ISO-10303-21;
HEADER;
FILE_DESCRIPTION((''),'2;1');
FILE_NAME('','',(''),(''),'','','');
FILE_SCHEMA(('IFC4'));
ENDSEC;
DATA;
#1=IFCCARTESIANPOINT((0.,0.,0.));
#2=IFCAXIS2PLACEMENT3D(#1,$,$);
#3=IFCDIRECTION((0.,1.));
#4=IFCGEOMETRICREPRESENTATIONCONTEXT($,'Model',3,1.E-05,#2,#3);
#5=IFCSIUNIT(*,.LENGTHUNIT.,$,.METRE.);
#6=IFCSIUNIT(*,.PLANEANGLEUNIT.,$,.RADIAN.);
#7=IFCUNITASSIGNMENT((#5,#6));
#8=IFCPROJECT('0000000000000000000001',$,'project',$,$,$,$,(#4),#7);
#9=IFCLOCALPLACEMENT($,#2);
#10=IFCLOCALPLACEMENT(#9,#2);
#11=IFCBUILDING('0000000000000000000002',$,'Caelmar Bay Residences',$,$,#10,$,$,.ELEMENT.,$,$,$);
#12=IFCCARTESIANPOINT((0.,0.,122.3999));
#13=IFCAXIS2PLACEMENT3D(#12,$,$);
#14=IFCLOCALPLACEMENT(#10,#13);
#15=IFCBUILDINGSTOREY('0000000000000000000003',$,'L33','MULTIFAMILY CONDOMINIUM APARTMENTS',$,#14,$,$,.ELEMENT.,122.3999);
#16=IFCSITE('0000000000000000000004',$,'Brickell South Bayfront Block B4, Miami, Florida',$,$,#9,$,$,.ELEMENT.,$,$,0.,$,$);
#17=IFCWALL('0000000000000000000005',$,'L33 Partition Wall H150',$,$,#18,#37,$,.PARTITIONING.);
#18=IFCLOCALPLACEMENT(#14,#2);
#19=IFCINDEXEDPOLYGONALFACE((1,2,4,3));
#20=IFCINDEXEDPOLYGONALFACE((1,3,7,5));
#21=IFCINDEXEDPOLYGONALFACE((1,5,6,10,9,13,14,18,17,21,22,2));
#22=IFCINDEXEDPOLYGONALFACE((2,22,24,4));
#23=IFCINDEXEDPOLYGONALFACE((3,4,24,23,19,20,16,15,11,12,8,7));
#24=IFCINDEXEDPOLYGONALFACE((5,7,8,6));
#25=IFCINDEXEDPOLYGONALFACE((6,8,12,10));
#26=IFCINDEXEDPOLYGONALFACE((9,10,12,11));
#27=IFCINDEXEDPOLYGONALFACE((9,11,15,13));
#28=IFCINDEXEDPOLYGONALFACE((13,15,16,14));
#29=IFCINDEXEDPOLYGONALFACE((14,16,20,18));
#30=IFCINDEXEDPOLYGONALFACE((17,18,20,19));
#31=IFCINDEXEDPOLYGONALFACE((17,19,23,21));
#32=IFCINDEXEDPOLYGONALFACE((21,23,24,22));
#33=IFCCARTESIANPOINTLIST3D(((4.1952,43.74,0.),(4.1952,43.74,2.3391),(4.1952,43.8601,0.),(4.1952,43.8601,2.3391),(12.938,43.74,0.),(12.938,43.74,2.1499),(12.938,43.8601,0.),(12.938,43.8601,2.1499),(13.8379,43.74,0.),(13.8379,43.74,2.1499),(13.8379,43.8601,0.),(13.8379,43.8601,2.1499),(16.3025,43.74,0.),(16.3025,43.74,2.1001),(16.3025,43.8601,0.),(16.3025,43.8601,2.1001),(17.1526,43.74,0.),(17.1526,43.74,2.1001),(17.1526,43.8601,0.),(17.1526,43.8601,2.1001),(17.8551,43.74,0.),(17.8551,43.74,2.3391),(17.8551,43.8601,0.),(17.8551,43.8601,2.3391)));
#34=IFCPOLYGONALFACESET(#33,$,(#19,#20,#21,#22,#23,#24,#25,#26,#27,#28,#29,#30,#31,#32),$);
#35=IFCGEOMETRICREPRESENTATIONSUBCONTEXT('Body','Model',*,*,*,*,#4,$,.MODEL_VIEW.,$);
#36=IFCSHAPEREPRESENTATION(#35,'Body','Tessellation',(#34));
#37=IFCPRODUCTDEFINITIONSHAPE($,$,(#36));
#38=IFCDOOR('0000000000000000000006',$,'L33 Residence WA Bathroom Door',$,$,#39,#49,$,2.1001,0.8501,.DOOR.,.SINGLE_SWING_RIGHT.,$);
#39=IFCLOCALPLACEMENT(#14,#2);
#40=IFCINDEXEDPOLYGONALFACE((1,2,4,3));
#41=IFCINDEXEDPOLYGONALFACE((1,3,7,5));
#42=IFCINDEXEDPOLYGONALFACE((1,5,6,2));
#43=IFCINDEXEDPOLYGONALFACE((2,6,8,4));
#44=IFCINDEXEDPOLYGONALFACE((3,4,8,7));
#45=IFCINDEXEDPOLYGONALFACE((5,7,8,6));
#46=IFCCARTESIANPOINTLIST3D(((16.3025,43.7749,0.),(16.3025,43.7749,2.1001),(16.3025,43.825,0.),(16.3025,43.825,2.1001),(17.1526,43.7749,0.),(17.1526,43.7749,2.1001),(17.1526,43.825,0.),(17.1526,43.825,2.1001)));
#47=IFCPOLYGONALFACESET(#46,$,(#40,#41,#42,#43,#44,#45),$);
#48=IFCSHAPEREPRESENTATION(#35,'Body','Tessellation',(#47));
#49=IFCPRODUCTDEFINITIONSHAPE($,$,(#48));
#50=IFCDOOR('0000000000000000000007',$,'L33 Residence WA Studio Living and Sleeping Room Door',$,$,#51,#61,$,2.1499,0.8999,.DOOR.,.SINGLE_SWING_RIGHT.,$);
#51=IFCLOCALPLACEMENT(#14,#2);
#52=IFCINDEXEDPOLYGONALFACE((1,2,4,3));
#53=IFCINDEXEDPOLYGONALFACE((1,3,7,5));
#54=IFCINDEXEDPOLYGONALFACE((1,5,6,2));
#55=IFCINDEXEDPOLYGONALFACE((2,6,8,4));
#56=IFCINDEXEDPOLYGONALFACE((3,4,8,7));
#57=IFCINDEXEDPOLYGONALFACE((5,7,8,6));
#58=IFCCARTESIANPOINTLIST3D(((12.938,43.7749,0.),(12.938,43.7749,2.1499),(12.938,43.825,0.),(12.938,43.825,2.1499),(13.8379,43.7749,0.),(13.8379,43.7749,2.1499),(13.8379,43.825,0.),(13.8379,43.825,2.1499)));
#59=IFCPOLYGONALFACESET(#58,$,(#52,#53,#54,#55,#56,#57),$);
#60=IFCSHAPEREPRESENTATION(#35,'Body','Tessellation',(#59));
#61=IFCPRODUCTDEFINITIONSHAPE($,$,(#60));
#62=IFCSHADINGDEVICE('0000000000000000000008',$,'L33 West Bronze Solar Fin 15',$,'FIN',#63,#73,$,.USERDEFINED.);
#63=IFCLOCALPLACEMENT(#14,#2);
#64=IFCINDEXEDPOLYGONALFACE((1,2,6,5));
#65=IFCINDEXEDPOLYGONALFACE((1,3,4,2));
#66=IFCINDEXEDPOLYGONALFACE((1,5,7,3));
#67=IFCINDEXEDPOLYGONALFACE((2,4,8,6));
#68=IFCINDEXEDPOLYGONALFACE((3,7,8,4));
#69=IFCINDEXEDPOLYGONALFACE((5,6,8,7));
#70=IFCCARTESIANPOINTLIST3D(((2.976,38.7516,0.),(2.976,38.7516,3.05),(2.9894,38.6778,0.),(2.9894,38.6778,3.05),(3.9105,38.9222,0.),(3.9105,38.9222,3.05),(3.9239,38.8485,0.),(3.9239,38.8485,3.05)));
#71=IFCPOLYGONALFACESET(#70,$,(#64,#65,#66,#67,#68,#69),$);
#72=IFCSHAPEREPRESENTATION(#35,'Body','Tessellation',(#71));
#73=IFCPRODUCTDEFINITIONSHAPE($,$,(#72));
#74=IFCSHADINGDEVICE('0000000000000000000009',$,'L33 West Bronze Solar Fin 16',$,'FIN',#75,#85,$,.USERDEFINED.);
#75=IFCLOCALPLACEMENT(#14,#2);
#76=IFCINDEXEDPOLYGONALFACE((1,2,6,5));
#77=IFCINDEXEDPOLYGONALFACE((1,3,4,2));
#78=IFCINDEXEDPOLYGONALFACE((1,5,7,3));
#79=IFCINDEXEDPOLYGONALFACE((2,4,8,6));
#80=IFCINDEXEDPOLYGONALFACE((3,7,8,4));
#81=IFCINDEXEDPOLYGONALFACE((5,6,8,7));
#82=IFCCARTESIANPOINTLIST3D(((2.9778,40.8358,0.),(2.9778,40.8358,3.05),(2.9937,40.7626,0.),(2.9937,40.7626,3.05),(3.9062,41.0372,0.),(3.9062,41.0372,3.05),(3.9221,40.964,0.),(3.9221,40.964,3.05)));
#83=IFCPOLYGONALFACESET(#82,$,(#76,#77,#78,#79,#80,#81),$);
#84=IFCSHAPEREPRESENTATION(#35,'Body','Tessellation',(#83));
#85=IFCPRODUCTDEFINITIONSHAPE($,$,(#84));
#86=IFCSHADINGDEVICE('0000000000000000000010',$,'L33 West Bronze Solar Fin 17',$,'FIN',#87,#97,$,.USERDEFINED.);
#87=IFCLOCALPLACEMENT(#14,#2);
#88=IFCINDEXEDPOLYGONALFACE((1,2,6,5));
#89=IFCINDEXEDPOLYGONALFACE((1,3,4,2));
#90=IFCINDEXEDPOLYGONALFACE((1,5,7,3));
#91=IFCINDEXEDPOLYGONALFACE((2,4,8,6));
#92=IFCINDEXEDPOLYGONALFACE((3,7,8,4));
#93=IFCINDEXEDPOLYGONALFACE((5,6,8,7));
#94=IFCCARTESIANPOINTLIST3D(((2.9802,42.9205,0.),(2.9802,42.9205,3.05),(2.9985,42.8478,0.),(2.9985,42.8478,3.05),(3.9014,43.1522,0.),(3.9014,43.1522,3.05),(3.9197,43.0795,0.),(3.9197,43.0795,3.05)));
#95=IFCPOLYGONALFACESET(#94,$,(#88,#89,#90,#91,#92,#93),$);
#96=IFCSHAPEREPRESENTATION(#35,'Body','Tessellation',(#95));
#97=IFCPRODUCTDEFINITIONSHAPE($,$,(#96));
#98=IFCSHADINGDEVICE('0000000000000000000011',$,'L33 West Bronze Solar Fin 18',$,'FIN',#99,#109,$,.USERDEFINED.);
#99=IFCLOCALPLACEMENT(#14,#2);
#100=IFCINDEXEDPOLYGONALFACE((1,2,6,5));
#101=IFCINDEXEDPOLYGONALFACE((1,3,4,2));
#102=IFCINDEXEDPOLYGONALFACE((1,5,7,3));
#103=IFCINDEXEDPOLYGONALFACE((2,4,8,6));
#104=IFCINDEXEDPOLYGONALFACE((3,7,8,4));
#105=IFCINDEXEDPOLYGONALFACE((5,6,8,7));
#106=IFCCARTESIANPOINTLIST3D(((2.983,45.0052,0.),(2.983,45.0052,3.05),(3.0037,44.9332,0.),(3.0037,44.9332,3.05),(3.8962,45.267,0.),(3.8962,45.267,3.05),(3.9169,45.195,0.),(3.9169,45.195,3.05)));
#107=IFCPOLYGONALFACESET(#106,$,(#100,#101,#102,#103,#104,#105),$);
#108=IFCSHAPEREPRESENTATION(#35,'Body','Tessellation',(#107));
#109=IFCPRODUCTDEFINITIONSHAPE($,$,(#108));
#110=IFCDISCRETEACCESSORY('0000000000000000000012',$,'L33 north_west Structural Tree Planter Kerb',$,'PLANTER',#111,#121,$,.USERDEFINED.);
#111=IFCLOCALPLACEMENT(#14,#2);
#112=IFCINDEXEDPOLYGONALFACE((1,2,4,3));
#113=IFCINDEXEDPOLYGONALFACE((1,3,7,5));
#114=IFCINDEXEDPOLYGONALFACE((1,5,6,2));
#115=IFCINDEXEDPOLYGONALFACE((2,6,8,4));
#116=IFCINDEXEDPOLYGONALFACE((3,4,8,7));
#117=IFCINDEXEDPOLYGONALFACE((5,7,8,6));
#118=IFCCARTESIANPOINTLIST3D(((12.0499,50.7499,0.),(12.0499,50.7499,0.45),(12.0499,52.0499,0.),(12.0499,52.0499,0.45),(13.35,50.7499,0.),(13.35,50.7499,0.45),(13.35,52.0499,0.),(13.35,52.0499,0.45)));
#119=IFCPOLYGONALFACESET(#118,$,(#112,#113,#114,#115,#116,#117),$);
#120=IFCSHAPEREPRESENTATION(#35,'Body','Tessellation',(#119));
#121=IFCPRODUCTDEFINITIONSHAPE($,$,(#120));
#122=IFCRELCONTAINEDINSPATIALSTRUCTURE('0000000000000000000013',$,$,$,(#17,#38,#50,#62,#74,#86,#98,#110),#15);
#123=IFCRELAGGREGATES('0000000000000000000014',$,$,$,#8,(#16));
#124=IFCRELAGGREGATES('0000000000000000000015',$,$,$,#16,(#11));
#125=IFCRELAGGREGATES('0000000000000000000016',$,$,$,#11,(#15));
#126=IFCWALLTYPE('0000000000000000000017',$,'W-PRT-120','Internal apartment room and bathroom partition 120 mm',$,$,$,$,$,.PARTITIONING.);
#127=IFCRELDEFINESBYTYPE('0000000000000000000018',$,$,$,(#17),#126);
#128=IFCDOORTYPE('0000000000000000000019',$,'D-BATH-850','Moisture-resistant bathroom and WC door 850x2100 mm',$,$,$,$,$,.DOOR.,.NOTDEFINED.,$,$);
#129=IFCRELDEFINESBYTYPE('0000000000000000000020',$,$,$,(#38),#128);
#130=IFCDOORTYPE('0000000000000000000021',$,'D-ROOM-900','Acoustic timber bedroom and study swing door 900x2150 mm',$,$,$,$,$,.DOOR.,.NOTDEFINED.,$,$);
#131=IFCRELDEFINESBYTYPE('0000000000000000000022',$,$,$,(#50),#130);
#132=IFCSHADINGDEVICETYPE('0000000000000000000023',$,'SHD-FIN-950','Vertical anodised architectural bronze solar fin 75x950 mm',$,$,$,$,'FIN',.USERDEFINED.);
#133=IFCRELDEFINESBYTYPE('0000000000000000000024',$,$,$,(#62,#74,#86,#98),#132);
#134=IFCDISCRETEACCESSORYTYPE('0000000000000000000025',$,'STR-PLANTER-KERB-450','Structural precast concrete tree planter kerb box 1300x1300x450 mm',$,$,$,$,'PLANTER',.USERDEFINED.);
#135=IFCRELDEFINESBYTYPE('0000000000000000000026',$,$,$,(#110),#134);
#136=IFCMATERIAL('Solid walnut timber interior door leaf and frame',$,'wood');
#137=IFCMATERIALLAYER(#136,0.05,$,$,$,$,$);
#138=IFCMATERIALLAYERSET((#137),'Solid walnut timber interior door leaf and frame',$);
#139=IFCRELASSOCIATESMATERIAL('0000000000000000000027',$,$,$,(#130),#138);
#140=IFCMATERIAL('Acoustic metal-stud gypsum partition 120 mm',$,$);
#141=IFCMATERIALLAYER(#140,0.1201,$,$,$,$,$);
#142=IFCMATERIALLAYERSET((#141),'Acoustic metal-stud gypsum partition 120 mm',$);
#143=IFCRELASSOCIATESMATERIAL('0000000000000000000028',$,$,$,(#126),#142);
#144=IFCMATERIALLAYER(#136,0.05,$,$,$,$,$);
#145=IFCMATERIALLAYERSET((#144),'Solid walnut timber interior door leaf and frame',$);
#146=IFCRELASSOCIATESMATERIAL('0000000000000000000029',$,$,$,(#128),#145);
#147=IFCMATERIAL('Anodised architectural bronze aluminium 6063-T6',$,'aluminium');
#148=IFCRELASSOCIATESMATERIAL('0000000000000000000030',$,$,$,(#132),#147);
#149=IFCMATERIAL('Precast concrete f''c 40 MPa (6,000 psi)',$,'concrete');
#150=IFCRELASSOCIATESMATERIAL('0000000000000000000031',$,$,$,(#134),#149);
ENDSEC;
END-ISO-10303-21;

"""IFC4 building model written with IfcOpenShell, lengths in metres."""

from ifc_helpers import new_model, si_unit, direction, frame, frame_2d, origin, origin_2d, place, context, subcontext, project, spatial, rectangle, extrude, material, layer, layer_set, material_profile, profile_set, type_object, element, fill, save


model = new_model("IFC4")

# Units and contexts
model_context = context("Model", 3, precision=1e-05, world=origin(), true_north=direction((0.0, 1.0)))
body_context = subcontext(model_context, "Body", "Model", "MODEL_VIEW")
ifc_project = project(units=[si_unit("LENGTHUNIT", "METRE"), si_unit("PLANEANGLEUNIT", "RADIAN")], contexts=[model_context])

# Site, building, storey
site_placement = place(None, origin())
site = spatial("IfcSite", under=ifc_project, at=site_placement, Name="Brickell South Bayfront Block B4, Miami, Florida", CompositionType="ELEMENT", RefElevation=0.0)
building_placement = place(site_placement, origin())
building = spatial("IfcBuilding", under=site, at=building_placement, Name="Caelmar Bay Residences", CompositionType="ELEMENT")
storey_placement = place(building_placement, frame((0.0, 0.0, 122.3999)))
storey = spatial("IfcBuildingStorey", under=building, at=storey_placement, Name="L33", Description="MULTIFAMILY CONDOMINIUM APARTMENTS", CompositionType="ELEMENT", Elevation=122.3999)

# Shared definitions
ifc_material_1 = material(Name="Precast concrete f'c 40 MPa (6,000 psi)", Category="concrete")

# Shared definitions
ifc_material_2 = material(Name="Solid walnut timber interior door leaf and frame", Category="wood")
ifc_layer_1 = layer(ifc_material_2, 0.05)
ifc_layer_set_1 = layer_set([ifc_layer_1], Name="Solid walnut timber interior door leaf and frame")
door_type_1 = type_object("IfcDoorType", Name="D-ROOM-900", Description="Acoustic timber bedroom and study swing door 900x2150 mm", OperationType="NOTDEFINED", PredefinedType="DOOR", material=ifc_layer_set_1)
ifc_material_3 = material(Name="Acoustic metal-stud gypsum partition 120 mm")
ifc_layer_2 = layer(ifc_material_3, 0.1201)
ifc_layer_set_2 = layer_set([ifc_layer_2], Name="Acoustic metal-stud gypsum partition 120 mm")
wall_type_1 = type_object("IfcWallType", Name="W-PRT-120", Description="Internal apartment room and bathroom partition 120 mm", PredefinedType="PARTITIONING", material=ifc_layer_set_2)

# Wall, openings, doors
wall_1_placement = place(storey_placement, frame((4.1951, 43.8, 0.0), z_axis=(0.0, 0.0, 1.0), x_axis=(1.0, 0.0, 0.0)))
wall_1 = element("IfcWall", 1, at=wall_1_placement, inside=storey, type_object=wall_type_1, Name="L33 Partition Wall H150", PredefinedType="PARTITIONING", context=body_context, shape_type="SweptSolid", body=[
    extrude(rectangle(XDim=13.6599, YDim=0.1201, at=frame_2d((6.8301, 0.0))), origin(), (0.0, 0.0, 1.0), 2.3391),
])
opening_1_placement = place(wall_1_placement, frame((8.7429, 0.0, 0.0)))
opening_1 = element("IfcOpeningElement", 2, at=opening_1_placement, cuts=wall_1, PredefinedType="OPENING", context=body_context, shape_type="SweptSolid", body=[
    extrude(rectangle(XDim=0.8999, YDim=2.1499, at=frame_2d((0.45, 1.075))), frame((0.0, 0.0701, 0.0), z_axis=(0.0, -1.0, 0.0), x_axis=(1.0, 0.0, 0.0)), (0.0, 0.0, 1.0), 0.1401),
])
opening_2_placement = place(wall_1_placement, frame((12.1074, 0.0, 0.0)))
opening_2 = element("IfcOpeningElement", 3, at=opening_2_placement, cuts=wall_1, PredefinedType="OPENING", context=body_context, shape_type="SweptSolid", body=[
    extrude(rectangle(XDim=0.8501, YDim=2.1001, at=frame_2d((0.425, 1.05))), frame((0.0, 0.0701, 0.0), z_axis=(0.0, -1.0, 0.0), x_axis=(1.0, 0.0, 0.0)), (0.0, 0.0, 1.0), 0.1401),
])
ifc_layer_3 = layer(ifc_material_2, 0.05)
ifc_layer_set_3 = layer_set([ifc_layer_3], Name="Solid walnut timber interior door leaf and frame")
door_type_2 = type_object("IfcDoorType", Name="D-BATH-850", Description="Moisture-resistant bathroom and WC door 850x2100 mm", OperationType="NOTDEFINED", PredefinedType="DOOR", material=ifc_layer_set_3)
door_1_placement = place(opening_2_placement, origin())
door_1 = element("IfcDoor", 4, at=door_1_placement, inside=storey, type_object=door_type_2, Name="L33 Residence WA Bathroom Door", OperationType="SINGLE_SWING_RIGHT", OverallHeight=2.1001, OverallWidth=0.8501, PredefinedType="DOOR", context=body_context, shape_type="SweptSolid", body=[
    extrude(rectangle(XDim=0.8501, YDim=2.1001, at=frame_2d((0.425, 1.05))), frame((0.0, 0.0249, 0.0), z_axis=(0.0, -1.0, 0.0), x_axis=(1.0, 0.0, 0.0)), (0.0, 0.0, 1.0), 0.05),
])
fill(opening_2, door_1)
door_2_placement = place(opening_1_placement, origin())
door_2 = element("IfcDoor", 5, at=door_2_placement, inside=storey, type_object=door_type_1, Name="L33 Residence WA Studio Living and Sleeping Room Door", OperationType="SINGLE_SWING_RIGHT", OverallHeight=2.1499, OverallWidth=0.8999, PredefinedType="DOOR", context=body_context, shape_type="SweptSolid", body=[
    extrude(rectangle(XDim=0.8999, YDim=2.1499, at=frame_2d((0.45, 1.075))), frame((0.0, 0.0249, 0.0), z_axis=(0.0, -1.0, 0.0), x_axis=(1.0, 0.0, 0.0)), (0.0, 0.0, 1.0), 0.05),
])
fill(opening_1, door_2)

# Shading devices
ifc_material_4 = material(Name="Anodised architectural bronze aluminium 6063-T6", Category="aluminium")
ifc_material_profile_1 = material_profile(ifc_material_4, rectangle(XDim=0.075, YDim=0.95, at=origin_2d()), Name="BRONZE-FIN-75X950")
ifc_profile_set_1 = profile_set([ifc_material_profile_1], Name="Anodised architectural bronze aluminium 6063-T6")
shading_device_type = type_object("IfcShadingDeviceType", Name="SHD-FIN-950", Description="Vertical anodised architectural bronze solar fin 75x950 mm", ElementType="FIN", PredefinedType="USERDEFINED", material=ifc_profile_set_1)
for number, where, z_axis, x_axis, name in (
    (6, (3.45, 38.8, 0.0), (0.0, 0.0, 1.0), (-0.179661, 0.983729, 0.0), "L33 West Bronze Solar Fin 15"),
    (7, (3.45, 40.8999, 0.0), (0.0, 0.0, 1.0), (-0.212007, 0.977268, 0.0), "L33 West Bronze Solar Fin 16"),
    (8, (3.45, 43.0, 0.0), (0.0, 0.0, 1.0), (-0.243954, 0.969787, 0.0), "L33 West Bronze Solar Fin 17"),
    (9, (3.45, 45.1001, 0.0), (0.0, 0.0, 1.0), (-0.275637, 0.961262, 0.0), "L33 West Bronze Solar Fin 18"),
):
    element("IfcShadingDevice", number, at=place(storey_placement, frame(where, z_axis=z_axis, x_axis=x_axis)), inside=storey, type_object=shading_device_type, Name=name, ObjectType="FIN", PredefinedType="USERDEFINED", context=body_context, shape_type="SweptSolid", body=[
        extrude(rectangle(XDim=0.075, YDim=0.95, at=origin_2d()), origin(), (0.0, 0.0, 1.0), 3.05),
    ])

# Discrete accessory
discrete_accessory_type = type_object("IfcDiscreteAccessoryType", Name="STR-PLANTER-KERB-450", Description="Structural precast concrete tree planter kerb box 1300x1300x450 mm", ElementType="PLANTER", PredefinedType="USERDEFINED", material=ifc_material_1)
discrete_accessory_placement = place(storey_placement, frame((12.7, 51.3999, 0.0), z_axis=(0.0, 0.0, 1.0), x_axis=(1.0, 0.0, 0.0)))
element("IfcDiscreteAccessory", 10, at=discrete_accessory_placement, inside=storey, type_object=discrete_accessory_type, Name="L33 north_west Structural Tree Planter Kerb", ObjectType="PLANTER", PredefinedType="USERDEFINED", context=body_context, shape_type="SweptSolid", body=[
    extrude(rectangle(XDim=1.3, YDim=1.3, at=origin_2d()), origin(), (0.0, 0.0, 1.0), 0.45),
])

save(model, "model.ifc")
